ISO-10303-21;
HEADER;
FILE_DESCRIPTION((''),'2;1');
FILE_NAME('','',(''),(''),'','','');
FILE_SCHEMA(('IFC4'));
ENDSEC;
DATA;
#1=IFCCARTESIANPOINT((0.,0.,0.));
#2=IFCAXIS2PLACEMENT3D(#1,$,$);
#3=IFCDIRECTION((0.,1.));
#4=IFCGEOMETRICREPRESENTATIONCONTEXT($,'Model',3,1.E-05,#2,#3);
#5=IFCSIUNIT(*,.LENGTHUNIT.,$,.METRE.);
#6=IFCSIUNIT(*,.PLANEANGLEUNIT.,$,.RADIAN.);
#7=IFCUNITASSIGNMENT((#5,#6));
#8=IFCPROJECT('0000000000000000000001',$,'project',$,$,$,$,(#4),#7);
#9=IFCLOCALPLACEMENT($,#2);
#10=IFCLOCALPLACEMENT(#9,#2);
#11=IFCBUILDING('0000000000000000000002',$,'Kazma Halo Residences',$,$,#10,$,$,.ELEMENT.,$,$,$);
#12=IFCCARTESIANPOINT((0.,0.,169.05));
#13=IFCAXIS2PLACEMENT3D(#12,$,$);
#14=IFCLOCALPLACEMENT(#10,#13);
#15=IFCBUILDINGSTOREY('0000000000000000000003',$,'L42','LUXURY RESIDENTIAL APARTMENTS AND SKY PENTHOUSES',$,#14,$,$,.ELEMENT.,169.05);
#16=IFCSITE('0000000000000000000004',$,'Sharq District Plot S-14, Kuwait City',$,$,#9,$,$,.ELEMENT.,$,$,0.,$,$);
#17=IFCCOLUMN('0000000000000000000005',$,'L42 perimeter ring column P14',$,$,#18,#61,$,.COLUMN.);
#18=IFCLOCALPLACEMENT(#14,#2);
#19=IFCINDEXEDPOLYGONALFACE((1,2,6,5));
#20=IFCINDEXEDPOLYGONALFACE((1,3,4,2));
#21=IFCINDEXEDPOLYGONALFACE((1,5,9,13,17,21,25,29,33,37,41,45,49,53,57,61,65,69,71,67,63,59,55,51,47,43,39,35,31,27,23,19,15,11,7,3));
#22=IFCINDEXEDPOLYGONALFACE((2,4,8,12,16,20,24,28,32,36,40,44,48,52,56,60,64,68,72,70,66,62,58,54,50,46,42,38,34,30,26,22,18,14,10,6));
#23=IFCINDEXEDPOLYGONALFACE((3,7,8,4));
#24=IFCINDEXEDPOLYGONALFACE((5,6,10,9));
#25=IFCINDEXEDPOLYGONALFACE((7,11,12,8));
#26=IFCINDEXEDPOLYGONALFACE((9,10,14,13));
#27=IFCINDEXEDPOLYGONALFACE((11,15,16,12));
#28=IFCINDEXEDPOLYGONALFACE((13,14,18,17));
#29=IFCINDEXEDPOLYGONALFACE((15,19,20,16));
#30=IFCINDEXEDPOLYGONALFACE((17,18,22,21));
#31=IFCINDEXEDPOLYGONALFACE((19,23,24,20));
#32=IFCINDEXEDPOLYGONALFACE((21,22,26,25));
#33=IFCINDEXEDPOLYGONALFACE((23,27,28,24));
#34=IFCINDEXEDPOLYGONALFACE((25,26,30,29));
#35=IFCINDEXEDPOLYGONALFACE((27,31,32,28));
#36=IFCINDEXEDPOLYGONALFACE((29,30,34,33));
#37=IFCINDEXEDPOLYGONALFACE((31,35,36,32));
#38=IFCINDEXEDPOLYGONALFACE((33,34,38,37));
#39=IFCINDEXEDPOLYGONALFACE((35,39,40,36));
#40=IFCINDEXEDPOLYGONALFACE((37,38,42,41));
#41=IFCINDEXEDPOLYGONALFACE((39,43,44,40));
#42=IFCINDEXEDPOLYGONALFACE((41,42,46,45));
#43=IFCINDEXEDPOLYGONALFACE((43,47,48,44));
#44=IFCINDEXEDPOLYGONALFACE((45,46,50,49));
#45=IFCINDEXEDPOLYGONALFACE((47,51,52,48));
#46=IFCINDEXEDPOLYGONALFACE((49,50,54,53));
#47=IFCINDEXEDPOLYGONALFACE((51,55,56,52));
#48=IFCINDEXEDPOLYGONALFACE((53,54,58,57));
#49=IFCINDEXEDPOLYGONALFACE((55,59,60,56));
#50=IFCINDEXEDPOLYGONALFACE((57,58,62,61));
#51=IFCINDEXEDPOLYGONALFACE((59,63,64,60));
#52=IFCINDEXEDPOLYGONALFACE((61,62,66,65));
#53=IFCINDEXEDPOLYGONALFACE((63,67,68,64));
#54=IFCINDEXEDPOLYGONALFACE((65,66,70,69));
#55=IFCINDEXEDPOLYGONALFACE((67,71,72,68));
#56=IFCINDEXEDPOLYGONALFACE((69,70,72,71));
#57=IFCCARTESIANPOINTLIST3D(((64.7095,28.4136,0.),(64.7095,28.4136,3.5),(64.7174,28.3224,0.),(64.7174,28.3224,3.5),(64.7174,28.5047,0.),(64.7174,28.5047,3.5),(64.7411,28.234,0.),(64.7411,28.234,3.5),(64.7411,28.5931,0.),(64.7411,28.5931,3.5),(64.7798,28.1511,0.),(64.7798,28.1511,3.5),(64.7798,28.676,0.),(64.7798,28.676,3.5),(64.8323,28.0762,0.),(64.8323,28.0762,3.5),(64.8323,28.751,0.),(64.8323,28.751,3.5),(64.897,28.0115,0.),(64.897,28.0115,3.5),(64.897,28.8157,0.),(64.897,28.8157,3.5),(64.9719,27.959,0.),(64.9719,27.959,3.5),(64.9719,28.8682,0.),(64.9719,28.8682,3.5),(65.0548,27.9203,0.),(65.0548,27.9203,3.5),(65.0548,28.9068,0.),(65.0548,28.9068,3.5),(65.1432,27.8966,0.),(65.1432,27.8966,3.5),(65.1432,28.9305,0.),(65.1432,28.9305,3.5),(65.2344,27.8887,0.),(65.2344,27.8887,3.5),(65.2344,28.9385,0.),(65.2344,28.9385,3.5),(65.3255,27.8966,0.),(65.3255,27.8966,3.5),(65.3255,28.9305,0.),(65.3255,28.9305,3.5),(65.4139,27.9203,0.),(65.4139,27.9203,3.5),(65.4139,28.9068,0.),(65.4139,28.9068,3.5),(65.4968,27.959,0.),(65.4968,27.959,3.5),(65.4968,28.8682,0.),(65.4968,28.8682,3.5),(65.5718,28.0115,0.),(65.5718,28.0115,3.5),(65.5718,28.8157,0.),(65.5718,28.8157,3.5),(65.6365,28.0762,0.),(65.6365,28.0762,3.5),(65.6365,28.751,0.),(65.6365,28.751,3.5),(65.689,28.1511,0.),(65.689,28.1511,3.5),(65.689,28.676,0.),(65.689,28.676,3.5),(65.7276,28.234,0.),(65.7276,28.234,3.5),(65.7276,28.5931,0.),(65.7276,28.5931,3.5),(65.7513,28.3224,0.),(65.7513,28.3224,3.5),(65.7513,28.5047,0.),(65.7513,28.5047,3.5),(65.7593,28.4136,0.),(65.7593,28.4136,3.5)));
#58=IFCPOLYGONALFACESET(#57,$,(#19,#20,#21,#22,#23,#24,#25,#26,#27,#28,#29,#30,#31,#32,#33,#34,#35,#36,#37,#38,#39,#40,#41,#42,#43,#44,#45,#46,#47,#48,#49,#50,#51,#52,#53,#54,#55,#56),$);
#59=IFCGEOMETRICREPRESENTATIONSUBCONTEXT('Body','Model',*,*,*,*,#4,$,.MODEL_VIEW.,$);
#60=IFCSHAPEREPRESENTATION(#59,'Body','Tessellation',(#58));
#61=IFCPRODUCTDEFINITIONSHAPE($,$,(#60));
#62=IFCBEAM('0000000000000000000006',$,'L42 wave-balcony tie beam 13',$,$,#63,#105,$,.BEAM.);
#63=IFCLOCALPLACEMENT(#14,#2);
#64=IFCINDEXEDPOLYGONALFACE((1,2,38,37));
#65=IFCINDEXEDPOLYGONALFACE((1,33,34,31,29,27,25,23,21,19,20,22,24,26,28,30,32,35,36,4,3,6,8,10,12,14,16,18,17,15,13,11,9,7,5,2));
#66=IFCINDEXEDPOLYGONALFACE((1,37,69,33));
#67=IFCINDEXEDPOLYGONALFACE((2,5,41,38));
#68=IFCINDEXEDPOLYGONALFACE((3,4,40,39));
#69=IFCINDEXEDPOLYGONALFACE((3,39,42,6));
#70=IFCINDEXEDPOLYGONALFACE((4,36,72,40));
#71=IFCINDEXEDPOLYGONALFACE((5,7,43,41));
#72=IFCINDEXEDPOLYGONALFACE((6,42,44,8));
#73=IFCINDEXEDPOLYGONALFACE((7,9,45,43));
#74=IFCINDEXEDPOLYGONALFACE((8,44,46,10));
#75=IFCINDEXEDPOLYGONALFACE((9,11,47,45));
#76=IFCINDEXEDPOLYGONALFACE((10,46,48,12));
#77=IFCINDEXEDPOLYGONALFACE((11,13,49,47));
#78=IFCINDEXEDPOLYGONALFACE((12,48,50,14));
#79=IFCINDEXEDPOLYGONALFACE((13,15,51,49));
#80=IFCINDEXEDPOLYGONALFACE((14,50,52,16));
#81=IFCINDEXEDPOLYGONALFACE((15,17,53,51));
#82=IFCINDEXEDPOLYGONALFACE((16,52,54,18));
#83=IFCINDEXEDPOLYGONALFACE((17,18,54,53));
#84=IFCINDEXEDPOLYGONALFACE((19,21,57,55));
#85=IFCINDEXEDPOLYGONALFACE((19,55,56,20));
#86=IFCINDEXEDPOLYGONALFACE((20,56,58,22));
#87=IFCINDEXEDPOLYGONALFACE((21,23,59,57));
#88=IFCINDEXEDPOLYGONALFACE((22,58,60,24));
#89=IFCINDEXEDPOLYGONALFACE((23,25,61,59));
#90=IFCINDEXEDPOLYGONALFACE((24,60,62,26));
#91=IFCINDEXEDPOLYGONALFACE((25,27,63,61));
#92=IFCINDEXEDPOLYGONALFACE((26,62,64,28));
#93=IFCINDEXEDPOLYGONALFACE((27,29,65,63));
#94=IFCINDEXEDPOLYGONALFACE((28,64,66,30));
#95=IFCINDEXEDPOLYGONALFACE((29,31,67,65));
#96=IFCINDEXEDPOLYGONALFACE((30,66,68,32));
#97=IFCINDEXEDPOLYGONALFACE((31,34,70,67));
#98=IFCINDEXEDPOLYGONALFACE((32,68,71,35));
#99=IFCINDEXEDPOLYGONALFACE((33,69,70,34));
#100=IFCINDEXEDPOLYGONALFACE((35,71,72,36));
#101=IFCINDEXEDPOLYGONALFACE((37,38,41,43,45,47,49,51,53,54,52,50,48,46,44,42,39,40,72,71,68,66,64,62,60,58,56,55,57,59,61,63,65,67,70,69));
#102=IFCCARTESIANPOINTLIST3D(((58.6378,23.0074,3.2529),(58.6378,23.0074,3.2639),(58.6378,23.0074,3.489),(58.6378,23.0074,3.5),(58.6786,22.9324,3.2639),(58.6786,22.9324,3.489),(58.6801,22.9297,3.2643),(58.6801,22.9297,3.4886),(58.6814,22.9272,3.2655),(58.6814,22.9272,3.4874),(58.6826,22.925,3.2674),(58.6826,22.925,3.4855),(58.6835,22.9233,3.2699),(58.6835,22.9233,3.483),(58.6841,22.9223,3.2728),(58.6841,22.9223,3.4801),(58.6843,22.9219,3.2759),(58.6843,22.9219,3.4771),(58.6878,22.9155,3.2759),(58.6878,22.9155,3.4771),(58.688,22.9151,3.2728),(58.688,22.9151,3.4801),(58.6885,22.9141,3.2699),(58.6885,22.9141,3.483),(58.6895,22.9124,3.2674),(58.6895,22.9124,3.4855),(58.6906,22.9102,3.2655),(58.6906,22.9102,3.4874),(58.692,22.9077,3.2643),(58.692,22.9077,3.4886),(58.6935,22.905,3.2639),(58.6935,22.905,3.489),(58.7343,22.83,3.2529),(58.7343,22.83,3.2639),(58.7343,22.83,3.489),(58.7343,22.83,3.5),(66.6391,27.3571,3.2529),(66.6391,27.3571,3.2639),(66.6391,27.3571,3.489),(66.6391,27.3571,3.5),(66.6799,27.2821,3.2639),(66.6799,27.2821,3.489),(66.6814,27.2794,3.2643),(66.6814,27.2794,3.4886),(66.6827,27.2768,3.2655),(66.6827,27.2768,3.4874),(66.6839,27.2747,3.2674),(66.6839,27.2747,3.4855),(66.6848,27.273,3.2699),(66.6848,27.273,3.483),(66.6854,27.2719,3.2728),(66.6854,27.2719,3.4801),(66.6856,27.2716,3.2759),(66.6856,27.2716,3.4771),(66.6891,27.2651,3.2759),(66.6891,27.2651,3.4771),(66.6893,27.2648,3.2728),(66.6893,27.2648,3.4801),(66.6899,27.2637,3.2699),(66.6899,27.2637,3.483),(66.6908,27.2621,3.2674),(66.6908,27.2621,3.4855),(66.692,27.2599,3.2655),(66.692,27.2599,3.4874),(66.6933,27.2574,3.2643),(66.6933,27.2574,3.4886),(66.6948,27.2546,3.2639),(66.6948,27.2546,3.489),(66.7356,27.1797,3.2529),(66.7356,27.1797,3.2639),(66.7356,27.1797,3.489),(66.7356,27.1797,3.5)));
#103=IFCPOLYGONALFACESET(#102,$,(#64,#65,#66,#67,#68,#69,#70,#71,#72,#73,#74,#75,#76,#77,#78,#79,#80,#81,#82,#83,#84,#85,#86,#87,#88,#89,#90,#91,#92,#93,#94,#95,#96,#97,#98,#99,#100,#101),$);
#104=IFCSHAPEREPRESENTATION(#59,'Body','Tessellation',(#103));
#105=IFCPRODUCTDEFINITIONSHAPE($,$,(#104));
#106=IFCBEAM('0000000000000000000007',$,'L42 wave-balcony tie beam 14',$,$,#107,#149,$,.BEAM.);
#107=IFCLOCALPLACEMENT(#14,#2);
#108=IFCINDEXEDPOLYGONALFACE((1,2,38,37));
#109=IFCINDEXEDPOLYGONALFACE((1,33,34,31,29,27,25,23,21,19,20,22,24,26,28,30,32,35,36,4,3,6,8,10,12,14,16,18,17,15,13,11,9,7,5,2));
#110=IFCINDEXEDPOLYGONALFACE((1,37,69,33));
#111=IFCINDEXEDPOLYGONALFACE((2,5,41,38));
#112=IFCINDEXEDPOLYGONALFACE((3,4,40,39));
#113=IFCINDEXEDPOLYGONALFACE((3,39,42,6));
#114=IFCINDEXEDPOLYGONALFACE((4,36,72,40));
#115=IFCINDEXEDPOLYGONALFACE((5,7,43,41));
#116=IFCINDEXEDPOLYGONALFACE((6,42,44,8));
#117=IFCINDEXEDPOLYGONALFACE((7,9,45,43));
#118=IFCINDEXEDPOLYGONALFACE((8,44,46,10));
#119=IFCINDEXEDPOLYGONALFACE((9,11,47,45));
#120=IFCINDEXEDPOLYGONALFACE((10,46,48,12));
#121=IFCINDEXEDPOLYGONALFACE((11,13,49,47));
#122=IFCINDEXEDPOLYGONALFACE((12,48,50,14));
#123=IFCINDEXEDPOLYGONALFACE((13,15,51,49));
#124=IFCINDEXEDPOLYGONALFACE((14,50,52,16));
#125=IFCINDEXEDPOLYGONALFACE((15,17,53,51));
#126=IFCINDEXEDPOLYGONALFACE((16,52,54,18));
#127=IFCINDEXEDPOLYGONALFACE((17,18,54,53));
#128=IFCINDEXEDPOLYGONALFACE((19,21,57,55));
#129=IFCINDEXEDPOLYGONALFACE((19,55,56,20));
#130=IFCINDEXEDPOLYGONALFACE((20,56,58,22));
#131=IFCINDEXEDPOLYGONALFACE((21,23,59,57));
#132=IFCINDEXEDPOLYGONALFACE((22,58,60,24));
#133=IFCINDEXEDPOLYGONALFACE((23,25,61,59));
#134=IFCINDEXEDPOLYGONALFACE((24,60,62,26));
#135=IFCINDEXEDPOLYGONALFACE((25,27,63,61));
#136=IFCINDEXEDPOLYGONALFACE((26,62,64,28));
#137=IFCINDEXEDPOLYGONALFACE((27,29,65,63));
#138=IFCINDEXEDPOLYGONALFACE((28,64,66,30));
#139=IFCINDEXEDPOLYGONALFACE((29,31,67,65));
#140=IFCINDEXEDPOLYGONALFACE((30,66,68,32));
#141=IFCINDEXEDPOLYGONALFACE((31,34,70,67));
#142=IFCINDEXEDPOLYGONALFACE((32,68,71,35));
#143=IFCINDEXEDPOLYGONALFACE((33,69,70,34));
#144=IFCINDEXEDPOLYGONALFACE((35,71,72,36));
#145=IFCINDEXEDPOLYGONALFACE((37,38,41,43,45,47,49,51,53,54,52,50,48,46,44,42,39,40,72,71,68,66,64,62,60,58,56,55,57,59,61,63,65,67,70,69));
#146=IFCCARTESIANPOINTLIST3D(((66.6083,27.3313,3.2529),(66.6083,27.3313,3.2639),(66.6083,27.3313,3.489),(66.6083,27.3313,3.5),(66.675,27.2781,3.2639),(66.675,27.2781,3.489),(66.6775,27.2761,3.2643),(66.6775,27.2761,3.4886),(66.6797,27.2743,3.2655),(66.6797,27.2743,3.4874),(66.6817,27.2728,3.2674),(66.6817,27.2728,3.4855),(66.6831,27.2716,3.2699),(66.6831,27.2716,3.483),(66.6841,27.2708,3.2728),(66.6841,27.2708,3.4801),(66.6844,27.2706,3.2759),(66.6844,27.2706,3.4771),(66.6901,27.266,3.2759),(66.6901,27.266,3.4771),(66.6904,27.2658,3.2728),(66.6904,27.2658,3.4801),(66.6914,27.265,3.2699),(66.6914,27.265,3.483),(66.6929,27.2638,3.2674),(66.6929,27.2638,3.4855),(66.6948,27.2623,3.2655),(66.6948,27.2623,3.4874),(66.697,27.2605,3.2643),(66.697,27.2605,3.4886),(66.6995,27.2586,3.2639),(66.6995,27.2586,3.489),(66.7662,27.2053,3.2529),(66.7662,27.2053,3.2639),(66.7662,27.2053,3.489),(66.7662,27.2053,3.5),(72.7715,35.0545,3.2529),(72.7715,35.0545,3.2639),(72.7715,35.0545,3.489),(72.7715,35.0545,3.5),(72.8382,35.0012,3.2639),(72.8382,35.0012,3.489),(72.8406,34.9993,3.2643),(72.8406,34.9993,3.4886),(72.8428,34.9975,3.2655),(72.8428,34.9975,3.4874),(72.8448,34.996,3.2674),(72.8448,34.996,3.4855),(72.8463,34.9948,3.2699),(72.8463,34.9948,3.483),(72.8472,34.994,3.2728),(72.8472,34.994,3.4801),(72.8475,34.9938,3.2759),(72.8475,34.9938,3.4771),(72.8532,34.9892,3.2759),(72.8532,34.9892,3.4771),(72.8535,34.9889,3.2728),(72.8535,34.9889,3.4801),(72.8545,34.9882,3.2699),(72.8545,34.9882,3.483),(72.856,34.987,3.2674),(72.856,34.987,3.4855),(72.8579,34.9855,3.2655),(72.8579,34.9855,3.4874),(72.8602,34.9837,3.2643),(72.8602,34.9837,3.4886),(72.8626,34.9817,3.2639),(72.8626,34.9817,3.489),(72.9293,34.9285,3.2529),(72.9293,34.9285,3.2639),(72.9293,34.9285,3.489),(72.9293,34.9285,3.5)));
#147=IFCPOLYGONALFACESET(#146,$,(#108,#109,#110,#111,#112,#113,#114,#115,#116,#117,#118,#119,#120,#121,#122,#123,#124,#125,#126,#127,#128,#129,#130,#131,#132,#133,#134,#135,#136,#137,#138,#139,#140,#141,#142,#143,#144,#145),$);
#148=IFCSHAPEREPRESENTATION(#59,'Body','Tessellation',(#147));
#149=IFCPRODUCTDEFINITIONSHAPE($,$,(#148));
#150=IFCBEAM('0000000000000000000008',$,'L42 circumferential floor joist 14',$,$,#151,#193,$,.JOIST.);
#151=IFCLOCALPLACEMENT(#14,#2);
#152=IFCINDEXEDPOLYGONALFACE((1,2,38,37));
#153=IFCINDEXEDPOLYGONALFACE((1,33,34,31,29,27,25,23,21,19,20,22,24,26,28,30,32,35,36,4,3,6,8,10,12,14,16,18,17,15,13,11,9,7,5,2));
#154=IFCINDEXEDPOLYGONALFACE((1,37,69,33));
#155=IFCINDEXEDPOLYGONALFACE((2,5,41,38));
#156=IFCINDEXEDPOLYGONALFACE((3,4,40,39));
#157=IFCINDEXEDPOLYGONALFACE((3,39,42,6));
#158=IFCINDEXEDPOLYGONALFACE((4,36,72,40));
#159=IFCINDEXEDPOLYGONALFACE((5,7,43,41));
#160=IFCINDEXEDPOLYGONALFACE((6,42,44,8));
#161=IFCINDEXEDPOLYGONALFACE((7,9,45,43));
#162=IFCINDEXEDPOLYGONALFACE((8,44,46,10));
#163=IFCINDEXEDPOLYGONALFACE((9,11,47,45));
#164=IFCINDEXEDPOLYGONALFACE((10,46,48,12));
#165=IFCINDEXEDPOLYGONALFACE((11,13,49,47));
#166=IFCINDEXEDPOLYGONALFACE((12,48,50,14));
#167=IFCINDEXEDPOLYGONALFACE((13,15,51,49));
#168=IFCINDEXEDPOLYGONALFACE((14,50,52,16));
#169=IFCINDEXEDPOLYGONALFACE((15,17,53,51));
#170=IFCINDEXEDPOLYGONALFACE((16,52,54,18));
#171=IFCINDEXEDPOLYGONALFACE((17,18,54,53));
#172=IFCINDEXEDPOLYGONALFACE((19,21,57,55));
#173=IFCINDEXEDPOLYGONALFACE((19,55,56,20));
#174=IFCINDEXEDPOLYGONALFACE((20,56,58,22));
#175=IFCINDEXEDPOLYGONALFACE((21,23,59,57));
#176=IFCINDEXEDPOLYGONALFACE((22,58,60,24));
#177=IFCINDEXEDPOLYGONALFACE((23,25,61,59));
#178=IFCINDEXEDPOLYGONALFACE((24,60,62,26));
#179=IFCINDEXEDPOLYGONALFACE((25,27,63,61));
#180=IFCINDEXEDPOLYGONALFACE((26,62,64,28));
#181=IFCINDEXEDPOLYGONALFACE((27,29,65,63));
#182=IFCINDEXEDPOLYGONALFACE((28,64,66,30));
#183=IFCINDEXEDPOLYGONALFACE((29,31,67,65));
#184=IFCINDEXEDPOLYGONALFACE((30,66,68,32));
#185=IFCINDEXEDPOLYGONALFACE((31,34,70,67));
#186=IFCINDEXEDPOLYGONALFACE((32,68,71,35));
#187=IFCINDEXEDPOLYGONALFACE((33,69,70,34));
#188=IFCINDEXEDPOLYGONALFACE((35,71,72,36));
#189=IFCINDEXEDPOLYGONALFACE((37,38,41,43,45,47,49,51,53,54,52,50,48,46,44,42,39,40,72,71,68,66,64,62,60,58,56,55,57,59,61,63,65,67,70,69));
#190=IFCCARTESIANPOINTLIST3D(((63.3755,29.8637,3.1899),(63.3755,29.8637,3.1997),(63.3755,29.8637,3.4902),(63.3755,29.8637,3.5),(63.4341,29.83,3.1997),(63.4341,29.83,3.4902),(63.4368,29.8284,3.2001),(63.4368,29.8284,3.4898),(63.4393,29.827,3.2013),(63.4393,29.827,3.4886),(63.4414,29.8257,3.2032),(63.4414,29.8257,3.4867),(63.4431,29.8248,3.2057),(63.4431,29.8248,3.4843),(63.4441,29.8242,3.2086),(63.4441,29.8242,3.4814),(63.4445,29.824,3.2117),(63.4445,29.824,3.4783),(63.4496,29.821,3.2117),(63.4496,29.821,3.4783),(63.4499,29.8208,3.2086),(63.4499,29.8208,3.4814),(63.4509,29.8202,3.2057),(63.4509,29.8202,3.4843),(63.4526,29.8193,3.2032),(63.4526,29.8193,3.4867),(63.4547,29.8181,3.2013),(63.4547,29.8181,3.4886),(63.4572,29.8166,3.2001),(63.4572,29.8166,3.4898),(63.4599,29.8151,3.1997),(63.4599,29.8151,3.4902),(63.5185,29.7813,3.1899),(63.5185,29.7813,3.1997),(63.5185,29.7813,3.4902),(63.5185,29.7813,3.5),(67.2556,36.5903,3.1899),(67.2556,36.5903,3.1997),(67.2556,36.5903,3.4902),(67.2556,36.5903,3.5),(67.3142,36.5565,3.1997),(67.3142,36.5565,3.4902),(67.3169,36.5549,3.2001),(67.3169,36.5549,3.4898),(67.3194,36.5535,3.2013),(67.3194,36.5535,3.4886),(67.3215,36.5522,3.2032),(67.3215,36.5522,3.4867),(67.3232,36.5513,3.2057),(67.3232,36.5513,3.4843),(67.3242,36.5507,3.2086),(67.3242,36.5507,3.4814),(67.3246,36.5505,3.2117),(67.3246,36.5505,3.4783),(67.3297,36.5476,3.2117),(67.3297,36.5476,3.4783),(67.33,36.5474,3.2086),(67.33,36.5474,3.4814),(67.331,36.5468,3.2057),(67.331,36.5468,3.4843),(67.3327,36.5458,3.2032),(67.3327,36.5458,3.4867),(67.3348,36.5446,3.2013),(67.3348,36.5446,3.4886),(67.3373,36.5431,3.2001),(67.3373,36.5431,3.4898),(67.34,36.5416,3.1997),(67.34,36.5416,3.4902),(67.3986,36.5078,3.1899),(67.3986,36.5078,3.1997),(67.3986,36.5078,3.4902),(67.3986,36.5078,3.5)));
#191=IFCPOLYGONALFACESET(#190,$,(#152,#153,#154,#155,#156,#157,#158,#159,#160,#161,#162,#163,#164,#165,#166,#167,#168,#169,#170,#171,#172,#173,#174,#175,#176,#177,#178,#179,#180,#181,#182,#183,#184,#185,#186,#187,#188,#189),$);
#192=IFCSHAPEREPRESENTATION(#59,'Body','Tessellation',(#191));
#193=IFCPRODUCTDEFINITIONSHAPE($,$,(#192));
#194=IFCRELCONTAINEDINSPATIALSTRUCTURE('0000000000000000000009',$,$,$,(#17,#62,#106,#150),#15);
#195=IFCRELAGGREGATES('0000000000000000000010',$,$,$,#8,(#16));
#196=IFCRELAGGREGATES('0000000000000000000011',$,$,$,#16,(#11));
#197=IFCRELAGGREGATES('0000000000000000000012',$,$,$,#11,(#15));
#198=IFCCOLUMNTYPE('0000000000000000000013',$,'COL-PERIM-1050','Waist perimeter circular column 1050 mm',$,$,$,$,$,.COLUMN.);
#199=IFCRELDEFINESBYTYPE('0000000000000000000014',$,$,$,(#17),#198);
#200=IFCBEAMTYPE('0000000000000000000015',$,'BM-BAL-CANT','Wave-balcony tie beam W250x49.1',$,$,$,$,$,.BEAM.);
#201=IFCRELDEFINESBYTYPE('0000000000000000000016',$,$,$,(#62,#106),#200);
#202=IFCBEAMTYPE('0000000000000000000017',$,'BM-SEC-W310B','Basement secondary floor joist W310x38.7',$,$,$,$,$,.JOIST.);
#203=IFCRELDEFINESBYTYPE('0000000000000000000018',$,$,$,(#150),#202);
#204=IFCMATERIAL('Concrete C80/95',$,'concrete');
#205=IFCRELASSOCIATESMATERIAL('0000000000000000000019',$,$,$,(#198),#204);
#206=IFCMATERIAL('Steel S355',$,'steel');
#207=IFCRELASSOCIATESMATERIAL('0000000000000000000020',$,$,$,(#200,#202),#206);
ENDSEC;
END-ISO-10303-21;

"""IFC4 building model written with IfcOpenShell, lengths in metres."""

from ifc_helpers import new_model, si_unit, direction, frame, origin, origin_2d, place, context, subcontext, project, spatial, circle, i_section, extrude, material, material_profile, profile_set, type_object, element, save


model = new_model("IFC4")

# Units and contexts
model_context = context("Model", 3, precision=1e-05, world=origin(), true_north=direction((0.0, 1.0)))
body_context = subcontext(model_context, "Body", "Model", "MODEL_VIEW")
ifc_project = project(units=[si_unit("LENGTHUNIT", "METRE"), si_unit("PLANEANGLEUNIT", "RADIAN")], contexts=[model_context])

# Site, building, storey
site_placement = place(None, origin())
site = spatial("IfcSite", under=ifc_project, at=site_placement, Name="Sharq District Plot S-14, Kuwait City", CompositionType="ELEMENT", RefElevation=0.0)
building_placement = place(site_placement, origin())
building = spatial("IfcBuilding", under=site, at=building_placement, Name="Kazma Halo Residences", CompositionType="ELEMENT")
storey_placement = place(building_placement, frame((0.0, 0.0, 169.05)))
storey = spatial("IfcBuildingStorey", under=building, at=storey_placement, Name="L42", Description="LUXURY RESIDENTIAL APARTMENTS AND SKY PENTHOUSES", CompositionType="ELEMENT", Elevation=169.05)

# Column
ifc_material_1 = material(Name="Concrete C80/95", Category="concrete")
ifc_material_profile_1 = material_profile(ifc_material_1, circle(Radius=0.5249, at=origin_2d()), Name="CIRC1050")
ifc_profile_set_1 = profile_set([ifc_material_profile_1], Name="Concrete C80/95")
column_type = type_object("IfcColumnType", Name="COL-PERIM-1050", Description="Waist perimeter circular column 1050 mm", PredefinedType="COLUMN", material=ifc_profile_set_1)
column_placement = place(storey_placement, frame((65.2344, 28.4136, 0.0), z_axis=(0.0, 0.0, 1.0), x_axis=(1.0, 0.0, 0.0)))
element("IfcColumn", 1, at=column_placement, inside=storey, type_object=column_type, Name="L42 perimeter ring column P14", PredefinedType="COLUMN", context=body_context, shape_type="SweptSolid", body=[
    extrude(circle(Radius=0.5249, at=origin_2d()), origin(), (0.0, 0.0, 1.0), 3.5),
])

# Beams
ifc_material_2 = material(Name="Steel S355", Category="steel")
ifc_material_profile_2 = material_profile(ifc_material_2, i_section(OverallWidth=0.2019, OverallDepth=0.2471, WebThickness=0.0073, FlangeThickness=0.011, FilletRadius=0.012, at=origin_2d()), Name="W250x49.1")
ifc_profile_set_2 = profile_set([ifc_material_profile_2], Name="Steel S355")
beam_type_1 = type_object("IfcBeamType", Name="BM-BAL-CANT", Description="Wave-balcony tie beam W250x49.1", PredefinedType="BEAM", material=ifc_profile_set_2)
beam_1_placement = place(storey_placement, frame((58.686, 22.9187, 3.3765), z_axis=(0.878573, 0.477608, 0.0), x_axis=(-0.477608, 0.878573, 0.0)))
element("IfcBeam", 2, at=beam_1_placement, inside=storey, type_object=beam_type_1, Name="L42 wave-balcony tie beam 13", PredefinedType="BEAM", context=body_context, shape_type="SweptSolid", body=[
    extrude(i_section(OverallWidth=0.2019, OverallDepth=0.2471, WebThickness=0.0073, FlangeThickness=0.011, FilletRadius=0.012, at=origin_2d()), origin(), (0.0, 0.0, 1.0), 9.1072),
])
beam_2_placement = place(storey_placement, frame((66.6873, 27.2683, 3.3765), z_axis=(0.623742, 0.78163, 0.0), x_axis=(-0.78163, 0.623742, 0.0)))
element("IfcBeam", 3, at=beam_2_placement, inside=storey, type_object=beam_type_1, Name="L42 wave-balcony tie beam 14", PredefinedType="BEAM", context=body_context, shape_type="SweptSolid", body=[
    extrude(i_section(OverallWidth=0.2019, OverallDepth=0.2471, WebThickness=0.0073, FlangeThickness=0.011, FilletRadius=0.012, at=origin_2d()), origin(), (0.0, 0.0, 1.0), 9.8809),
])
ifc_material_profile_3 = material_profile(ifc_material_2, i_section(OverallWidth=0.165, OverallDepth=0.3101, WebThickness=0.0059, FlangeThickness=0.0098, FilletRadius=0.012, at=origin_2d()), Name="W310x38.7")
ifc_profile_set_3 = profile_set([ifc_material_profile_3], Name="Steel S355")
beam_type_2 = type_object("IfcBeamType", Name="BM-SEC-W310B", Description="Basement secondary floor joist W310x38.7", PredefinedType="JOIST", material=ifc_profile_set_3)
beam_3_placement = place(storey_placement, frame((63.447, 29.8225, 3.345), z_axis=(0.499666, 0.866218, 0.0), x_axis=(-0.866218, 0.499666, 0.0)))
element("IfcBeam", 4, at=beam_3_placement, inside=storey, type_object=beam_type_2, Name="L42 circumferential floor joist 14", PredefinedType="JOIST", context=body_context, shape_type="SweptSolid", body=[
    extrude(i_section(OverallWidth=0.165, OverallDepth=0.3101, WebThickness=0.0059, FlangeThickness=0.0098, FilletRadius=0.012, at=origin_2d()), origin(), (0.0, 0.0, 1.0), 7.7654),
])

save(model, "model.ifc")
